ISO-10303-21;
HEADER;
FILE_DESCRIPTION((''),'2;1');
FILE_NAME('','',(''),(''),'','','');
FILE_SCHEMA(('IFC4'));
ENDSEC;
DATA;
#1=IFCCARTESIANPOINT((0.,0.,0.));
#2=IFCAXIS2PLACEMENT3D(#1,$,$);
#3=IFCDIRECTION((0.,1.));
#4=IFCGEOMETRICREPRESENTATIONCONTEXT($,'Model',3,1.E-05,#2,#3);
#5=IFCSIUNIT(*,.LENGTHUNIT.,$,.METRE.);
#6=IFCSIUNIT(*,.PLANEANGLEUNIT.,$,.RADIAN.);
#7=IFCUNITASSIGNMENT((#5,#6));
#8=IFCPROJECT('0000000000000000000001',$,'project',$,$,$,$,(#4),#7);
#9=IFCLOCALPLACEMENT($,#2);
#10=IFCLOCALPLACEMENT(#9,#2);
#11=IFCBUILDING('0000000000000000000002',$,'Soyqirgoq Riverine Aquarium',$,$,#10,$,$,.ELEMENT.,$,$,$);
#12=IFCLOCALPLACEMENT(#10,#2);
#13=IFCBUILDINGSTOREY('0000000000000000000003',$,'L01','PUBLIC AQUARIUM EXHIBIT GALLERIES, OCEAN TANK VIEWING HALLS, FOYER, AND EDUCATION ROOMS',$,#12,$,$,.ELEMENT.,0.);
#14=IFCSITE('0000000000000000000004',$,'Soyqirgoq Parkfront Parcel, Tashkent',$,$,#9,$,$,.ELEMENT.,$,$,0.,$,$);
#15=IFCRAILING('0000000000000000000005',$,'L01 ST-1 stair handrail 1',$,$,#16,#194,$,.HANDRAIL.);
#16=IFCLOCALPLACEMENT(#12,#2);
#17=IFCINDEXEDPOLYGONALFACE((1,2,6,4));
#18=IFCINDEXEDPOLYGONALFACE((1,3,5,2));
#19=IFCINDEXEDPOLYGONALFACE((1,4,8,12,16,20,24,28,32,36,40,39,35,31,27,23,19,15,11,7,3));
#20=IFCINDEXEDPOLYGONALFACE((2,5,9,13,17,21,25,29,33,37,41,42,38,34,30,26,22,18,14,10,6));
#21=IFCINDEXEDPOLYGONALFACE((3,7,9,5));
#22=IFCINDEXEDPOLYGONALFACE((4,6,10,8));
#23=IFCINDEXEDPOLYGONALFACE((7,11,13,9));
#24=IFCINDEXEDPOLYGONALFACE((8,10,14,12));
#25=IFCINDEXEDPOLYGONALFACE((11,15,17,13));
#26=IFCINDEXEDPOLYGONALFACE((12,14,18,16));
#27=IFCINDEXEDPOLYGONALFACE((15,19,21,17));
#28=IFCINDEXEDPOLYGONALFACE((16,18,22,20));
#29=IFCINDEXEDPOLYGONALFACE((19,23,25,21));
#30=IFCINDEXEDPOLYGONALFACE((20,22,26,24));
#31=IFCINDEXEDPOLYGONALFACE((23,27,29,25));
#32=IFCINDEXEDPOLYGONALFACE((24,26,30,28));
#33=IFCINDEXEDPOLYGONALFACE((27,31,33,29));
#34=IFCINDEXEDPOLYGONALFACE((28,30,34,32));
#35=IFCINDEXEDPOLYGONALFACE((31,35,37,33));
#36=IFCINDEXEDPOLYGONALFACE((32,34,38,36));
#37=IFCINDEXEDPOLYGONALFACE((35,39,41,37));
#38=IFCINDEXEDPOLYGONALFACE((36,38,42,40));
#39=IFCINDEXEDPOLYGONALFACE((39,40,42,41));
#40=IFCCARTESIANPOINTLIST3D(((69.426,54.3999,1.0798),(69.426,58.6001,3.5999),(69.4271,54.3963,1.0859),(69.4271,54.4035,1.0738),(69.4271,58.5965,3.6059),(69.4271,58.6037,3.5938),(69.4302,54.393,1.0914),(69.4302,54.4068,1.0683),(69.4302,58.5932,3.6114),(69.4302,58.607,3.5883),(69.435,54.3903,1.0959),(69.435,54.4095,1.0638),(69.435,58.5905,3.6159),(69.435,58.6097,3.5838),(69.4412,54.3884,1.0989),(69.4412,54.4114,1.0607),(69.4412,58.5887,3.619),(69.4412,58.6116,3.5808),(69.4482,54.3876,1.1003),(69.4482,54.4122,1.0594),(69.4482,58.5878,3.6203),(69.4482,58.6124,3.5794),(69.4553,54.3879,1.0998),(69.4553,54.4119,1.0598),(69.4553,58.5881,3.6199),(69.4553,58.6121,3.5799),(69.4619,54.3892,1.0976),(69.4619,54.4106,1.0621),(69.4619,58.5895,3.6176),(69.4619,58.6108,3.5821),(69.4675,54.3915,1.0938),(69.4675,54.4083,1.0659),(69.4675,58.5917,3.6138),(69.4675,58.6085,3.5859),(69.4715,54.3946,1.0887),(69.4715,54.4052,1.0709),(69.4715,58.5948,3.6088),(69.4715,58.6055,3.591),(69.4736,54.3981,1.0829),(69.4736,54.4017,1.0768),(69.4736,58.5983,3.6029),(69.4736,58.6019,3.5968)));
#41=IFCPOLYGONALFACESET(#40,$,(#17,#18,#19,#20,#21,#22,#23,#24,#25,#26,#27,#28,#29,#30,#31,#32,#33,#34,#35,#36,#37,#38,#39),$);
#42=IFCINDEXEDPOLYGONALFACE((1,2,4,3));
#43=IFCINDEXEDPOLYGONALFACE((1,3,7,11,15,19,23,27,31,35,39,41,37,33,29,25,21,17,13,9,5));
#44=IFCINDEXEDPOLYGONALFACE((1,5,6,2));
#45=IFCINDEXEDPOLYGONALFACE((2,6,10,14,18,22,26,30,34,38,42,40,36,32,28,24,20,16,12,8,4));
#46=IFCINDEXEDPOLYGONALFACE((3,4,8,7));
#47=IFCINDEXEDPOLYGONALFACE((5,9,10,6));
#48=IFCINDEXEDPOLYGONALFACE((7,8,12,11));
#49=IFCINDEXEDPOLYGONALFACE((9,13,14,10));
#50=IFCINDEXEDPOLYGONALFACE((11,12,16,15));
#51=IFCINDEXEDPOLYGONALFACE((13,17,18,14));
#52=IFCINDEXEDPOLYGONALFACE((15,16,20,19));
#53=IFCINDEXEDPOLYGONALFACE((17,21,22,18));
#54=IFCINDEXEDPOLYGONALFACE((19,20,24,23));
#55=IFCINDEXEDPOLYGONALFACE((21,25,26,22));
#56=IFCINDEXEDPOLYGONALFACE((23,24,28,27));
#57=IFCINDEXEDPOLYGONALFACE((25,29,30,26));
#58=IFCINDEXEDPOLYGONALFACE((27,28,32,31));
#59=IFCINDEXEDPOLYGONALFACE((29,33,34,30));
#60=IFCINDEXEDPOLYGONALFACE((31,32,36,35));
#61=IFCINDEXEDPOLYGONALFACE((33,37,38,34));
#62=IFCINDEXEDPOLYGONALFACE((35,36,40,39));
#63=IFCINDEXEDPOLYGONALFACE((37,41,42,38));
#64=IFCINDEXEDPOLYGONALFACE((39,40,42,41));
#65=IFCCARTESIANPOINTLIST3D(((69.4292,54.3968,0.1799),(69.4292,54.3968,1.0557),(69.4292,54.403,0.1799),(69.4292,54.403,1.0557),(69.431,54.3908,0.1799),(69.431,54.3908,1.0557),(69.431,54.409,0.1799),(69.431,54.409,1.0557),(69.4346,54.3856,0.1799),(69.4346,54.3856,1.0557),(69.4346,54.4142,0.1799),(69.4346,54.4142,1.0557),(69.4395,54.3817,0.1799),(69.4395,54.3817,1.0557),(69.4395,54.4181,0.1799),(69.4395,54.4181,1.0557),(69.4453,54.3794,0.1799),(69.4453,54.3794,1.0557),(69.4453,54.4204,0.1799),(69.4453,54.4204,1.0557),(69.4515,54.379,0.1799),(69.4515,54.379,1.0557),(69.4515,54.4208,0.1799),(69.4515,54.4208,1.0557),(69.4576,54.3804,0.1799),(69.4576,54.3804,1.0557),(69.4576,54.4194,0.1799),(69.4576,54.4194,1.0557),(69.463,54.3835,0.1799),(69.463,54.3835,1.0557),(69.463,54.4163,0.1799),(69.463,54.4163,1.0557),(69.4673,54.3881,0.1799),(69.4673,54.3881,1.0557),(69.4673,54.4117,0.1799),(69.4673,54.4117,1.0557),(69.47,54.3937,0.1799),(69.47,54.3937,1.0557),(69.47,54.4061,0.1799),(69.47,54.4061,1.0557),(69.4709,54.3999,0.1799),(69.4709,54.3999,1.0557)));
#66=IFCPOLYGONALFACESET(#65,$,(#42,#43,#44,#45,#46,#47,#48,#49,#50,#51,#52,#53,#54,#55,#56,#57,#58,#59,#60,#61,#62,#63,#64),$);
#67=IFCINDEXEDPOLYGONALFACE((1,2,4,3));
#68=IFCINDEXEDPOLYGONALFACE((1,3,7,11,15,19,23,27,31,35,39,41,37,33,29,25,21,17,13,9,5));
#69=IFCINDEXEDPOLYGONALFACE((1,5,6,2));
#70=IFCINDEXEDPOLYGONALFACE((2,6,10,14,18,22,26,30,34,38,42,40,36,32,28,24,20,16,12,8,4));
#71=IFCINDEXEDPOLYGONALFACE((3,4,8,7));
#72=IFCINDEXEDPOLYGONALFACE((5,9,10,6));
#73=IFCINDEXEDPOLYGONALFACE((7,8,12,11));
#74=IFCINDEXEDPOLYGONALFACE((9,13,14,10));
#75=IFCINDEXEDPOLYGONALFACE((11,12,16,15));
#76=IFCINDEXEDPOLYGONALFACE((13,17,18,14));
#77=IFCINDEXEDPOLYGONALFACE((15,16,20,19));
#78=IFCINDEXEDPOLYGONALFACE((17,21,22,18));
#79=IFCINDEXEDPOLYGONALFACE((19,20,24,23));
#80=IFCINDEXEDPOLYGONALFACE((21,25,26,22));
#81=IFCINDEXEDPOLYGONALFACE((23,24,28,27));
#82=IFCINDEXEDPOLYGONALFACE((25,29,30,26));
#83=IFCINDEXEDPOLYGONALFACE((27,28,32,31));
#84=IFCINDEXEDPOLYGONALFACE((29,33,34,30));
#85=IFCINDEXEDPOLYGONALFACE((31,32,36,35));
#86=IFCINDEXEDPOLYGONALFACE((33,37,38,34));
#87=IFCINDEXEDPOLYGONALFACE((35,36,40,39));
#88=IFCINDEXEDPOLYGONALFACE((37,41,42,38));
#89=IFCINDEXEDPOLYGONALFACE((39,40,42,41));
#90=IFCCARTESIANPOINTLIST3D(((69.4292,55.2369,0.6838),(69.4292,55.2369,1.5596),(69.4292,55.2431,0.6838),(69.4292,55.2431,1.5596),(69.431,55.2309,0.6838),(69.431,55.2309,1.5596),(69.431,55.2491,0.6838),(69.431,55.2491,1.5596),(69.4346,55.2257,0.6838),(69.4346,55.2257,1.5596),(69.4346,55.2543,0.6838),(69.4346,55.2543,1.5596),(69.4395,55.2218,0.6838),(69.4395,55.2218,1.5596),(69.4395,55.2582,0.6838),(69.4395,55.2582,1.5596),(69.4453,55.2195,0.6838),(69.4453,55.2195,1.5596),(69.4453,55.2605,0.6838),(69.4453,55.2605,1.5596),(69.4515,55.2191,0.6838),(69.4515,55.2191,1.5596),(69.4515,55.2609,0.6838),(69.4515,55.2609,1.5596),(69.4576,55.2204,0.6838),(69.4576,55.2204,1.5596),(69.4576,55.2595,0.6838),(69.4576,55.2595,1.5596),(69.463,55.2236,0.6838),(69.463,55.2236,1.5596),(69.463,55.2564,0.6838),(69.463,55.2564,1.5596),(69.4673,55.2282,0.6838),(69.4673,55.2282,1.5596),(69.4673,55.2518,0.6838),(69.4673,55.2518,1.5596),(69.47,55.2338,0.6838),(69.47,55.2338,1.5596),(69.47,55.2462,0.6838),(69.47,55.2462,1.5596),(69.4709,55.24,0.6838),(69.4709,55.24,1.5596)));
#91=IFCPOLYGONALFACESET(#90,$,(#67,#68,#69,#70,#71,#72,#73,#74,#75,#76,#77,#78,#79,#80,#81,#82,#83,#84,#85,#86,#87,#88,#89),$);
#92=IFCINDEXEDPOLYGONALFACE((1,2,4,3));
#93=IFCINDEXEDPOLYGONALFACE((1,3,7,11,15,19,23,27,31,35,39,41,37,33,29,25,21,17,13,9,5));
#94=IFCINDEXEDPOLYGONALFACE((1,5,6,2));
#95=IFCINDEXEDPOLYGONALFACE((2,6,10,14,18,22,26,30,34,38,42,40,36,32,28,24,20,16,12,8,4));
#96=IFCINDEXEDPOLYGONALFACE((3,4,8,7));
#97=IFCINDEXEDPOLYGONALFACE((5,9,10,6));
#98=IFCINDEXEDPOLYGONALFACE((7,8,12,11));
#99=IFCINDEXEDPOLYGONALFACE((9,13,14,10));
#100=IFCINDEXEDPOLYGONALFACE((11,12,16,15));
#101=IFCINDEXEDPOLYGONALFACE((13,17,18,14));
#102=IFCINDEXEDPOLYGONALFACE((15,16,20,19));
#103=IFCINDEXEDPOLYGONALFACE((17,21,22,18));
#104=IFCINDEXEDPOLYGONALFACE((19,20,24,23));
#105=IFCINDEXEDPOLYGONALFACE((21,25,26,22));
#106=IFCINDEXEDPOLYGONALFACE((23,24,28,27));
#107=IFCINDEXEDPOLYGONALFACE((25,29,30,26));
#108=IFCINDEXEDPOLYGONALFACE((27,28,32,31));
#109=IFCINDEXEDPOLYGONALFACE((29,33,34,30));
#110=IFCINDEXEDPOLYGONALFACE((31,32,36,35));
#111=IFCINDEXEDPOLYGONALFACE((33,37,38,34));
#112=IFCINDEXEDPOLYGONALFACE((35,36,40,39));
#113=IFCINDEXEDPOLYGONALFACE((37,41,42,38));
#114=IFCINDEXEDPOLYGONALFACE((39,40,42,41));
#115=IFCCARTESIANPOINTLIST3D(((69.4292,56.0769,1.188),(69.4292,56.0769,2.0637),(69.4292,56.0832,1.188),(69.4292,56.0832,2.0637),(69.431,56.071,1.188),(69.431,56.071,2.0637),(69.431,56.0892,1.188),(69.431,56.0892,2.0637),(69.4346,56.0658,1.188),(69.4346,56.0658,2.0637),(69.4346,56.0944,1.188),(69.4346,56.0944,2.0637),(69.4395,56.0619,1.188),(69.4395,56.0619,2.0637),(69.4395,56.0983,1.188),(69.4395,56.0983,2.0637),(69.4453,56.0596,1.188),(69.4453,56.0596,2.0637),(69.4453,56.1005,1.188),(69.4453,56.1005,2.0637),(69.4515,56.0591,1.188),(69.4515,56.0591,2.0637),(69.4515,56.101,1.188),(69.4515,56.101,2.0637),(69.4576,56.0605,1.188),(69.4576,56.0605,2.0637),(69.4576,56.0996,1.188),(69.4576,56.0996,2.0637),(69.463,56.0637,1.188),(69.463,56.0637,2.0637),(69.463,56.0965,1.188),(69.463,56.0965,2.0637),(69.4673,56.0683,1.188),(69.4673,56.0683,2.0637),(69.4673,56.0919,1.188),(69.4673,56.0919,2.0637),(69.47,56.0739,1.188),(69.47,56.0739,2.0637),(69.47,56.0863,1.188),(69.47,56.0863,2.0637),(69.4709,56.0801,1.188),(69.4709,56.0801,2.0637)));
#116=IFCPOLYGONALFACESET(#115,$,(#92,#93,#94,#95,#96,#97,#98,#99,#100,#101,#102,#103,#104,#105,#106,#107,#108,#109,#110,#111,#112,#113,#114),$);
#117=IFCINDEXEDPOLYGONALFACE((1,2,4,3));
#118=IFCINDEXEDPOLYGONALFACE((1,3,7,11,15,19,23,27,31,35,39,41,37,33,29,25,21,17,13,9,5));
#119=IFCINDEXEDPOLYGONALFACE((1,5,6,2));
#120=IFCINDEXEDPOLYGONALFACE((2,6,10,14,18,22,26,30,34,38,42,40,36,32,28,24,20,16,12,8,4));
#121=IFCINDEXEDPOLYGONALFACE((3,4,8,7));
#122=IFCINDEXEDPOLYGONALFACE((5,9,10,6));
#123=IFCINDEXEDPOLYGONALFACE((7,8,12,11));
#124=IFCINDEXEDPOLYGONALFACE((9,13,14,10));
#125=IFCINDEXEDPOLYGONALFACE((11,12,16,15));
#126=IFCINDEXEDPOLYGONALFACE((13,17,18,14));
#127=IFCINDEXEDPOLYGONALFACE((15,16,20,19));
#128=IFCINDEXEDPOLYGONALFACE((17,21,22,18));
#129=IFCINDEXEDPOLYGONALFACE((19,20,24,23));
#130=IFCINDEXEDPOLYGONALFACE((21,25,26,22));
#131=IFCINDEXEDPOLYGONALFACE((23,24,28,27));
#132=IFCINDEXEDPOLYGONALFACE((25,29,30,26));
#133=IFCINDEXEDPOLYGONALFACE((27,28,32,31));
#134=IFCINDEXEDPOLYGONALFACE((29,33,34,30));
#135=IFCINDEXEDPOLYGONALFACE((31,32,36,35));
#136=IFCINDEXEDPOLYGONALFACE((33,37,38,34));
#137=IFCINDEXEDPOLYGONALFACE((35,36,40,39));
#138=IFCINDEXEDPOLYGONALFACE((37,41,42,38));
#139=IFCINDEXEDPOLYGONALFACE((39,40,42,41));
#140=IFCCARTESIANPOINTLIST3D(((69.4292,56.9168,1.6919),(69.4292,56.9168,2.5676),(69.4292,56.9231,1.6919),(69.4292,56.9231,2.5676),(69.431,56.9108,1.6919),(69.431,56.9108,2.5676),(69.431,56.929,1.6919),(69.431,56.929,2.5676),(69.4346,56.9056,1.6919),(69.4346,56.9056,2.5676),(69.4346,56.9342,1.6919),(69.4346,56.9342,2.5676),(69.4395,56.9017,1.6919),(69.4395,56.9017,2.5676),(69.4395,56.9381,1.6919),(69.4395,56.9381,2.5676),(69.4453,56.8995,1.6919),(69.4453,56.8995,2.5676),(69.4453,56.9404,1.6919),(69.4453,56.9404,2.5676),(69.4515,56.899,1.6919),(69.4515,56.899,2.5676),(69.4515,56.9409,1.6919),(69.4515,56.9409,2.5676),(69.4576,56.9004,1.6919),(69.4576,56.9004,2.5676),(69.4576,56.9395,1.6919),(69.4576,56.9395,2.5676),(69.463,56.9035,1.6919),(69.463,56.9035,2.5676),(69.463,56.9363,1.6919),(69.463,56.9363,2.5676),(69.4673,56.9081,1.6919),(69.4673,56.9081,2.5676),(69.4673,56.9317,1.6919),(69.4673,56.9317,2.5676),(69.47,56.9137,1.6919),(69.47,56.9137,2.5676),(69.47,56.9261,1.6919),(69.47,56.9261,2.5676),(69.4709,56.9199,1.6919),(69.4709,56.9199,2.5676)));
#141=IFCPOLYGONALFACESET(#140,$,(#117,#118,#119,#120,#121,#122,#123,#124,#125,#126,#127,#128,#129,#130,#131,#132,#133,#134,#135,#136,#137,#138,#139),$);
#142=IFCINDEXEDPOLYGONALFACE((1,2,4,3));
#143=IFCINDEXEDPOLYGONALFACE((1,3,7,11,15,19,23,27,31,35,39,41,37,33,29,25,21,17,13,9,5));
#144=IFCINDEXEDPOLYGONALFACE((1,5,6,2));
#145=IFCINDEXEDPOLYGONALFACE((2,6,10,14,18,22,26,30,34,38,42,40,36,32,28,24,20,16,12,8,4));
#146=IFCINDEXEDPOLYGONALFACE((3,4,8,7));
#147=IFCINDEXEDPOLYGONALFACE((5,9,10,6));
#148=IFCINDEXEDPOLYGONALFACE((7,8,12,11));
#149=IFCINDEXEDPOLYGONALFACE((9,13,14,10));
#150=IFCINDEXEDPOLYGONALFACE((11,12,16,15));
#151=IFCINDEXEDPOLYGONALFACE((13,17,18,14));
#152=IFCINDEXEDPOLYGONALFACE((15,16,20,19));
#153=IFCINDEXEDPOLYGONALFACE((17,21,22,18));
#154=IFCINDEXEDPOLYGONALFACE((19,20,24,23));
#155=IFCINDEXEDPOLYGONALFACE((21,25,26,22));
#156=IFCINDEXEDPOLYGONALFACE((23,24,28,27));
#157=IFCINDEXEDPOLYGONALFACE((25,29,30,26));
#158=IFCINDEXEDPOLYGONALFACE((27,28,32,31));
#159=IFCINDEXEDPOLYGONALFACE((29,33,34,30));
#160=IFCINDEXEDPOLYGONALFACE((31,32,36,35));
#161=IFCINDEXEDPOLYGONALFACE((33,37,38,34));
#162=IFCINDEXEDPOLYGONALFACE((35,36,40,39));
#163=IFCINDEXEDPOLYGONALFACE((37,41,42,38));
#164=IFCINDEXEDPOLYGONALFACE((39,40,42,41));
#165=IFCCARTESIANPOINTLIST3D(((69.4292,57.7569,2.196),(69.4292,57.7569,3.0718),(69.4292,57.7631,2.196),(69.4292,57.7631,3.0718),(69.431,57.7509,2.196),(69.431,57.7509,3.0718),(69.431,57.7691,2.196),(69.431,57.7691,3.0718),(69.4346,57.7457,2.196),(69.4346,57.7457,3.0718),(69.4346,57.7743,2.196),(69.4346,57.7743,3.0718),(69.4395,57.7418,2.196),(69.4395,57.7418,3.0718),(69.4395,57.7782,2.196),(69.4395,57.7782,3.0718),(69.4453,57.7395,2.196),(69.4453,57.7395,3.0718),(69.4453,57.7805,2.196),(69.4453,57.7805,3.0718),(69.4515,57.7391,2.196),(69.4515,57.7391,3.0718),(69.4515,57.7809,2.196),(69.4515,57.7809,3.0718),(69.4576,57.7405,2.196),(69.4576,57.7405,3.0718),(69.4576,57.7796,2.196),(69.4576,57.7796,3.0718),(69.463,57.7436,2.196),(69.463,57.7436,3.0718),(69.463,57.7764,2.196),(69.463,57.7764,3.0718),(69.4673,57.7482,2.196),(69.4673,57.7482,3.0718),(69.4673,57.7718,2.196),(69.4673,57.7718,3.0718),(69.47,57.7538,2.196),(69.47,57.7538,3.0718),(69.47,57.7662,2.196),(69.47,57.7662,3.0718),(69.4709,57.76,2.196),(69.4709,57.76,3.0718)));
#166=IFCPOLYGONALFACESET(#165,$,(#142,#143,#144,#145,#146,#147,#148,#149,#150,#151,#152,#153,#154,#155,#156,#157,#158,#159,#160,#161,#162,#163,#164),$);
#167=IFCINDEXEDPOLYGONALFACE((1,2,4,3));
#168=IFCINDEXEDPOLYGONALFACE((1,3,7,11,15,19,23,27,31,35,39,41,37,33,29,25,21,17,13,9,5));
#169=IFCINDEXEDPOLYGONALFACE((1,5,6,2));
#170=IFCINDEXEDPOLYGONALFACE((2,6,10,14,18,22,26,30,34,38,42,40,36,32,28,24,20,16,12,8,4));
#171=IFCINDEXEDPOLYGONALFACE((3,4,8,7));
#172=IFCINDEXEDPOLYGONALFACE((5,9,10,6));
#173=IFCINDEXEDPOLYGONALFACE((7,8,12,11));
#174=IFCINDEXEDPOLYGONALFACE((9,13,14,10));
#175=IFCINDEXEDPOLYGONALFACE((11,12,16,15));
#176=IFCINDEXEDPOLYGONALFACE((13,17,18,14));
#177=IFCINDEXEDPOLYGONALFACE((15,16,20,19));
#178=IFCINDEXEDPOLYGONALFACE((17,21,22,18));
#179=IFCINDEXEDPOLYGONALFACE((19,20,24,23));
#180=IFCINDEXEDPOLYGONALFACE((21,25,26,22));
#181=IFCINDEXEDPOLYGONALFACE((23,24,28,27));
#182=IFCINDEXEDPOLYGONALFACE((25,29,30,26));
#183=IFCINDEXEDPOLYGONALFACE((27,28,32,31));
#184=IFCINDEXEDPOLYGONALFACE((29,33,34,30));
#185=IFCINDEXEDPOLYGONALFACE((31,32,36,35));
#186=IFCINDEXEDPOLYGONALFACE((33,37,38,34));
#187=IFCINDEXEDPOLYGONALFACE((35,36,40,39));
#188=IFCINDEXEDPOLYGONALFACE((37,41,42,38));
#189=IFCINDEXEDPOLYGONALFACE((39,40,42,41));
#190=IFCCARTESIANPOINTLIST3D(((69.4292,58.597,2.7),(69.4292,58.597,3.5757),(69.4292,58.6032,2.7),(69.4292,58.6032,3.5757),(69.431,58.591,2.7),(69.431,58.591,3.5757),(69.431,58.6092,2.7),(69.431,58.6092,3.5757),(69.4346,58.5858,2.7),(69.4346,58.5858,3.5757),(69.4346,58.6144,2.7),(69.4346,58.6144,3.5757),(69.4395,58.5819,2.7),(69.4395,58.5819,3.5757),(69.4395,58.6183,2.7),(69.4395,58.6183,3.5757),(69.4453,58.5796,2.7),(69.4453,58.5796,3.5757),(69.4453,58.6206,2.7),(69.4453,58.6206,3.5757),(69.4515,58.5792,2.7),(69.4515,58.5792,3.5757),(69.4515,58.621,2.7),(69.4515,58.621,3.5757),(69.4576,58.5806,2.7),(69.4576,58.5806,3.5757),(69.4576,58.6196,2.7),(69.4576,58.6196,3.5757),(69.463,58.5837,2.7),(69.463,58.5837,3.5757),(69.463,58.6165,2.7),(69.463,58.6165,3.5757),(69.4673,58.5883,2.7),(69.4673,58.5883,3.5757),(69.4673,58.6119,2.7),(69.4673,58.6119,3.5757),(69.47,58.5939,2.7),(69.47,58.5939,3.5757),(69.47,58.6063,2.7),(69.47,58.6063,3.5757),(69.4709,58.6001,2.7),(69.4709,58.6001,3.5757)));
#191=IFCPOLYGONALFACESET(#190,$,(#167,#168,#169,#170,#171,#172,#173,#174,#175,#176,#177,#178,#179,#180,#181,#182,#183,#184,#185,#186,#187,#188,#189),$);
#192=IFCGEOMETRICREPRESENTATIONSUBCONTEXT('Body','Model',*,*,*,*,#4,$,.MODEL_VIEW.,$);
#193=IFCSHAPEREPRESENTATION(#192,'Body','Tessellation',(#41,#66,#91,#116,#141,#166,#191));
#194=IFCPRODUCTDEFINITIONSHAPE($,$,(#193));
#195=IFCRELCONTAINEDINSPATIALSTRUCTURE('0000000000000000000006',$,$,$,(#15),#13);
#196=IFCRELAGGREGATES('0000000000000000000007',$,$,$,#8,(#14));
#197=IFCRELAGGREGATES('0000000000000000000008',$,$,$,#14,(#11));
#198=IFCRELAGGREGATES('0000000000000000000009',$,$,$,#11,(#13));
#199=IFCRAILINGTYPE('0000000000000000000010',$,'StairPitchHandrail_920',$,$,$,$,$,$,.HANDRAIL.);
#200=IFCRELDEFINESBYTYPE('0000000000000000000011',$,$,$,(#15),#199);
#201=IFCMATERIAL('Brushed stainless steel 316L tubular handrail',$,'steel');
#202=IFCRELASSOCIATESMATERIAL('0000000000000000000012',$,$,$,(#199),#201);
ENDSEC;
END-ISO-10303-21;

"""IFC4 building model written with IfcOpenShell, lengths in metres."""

from ifc_helpers import new_model, si_unit, direction, frame, origin, origin_2d, place, context, subcontext, project, spatial, circle, extrude, material, type_object, element, save


model = new_model("IFC4")

# Units and contexts
model_context = context("Model", 3, precision=1e-05, world=origin(), true_north=direction((0.0, 1.0)))
body_context = subcontext(model_context, "Body", "Model", "MODEL_VIEW")
ifc_project = project(units=[si_unit("LENGTHUNIT", "METRE"), si_unit("PLANEANGLEUNIT", "RADIAN")], contexts=[model_context])

# Site, building, storey
site_placement = place(None, origin())
site = spatial("IfcSite", under=ifc_project, at=site_placement, Name="Soyqirgoq Parkfront Parcel, Tashkent", CompositionType="ELEMENT", RefElevation=0.0)
building_placement = place(site_placement, origin())
building = spatial("IfcBuilding", under=site, at=building_placement, Name="Soyqirgoq Riverine Aquarium", CompositionType="ELEMENT")
storey_placement = place(building_placement, origin())
storey = spatial("IfcBuildingStorey", under=building, at=storey_placement, Name="L01", Description="PUBLIC AQUARIUM EXHIBIT GALLERIES, OCEAN TANK VIEWING HALLS, FOYER, AND EDUCATION ROOMS", CompositionType="ELEMENT", Elevation=0.0)

# Railing
ifc_material_1 = material(Name="Brushed stainless steel 316L tubular handrail", Category="steel")
railing_type_1 = type_object("IfcRailingType", Name="StairPitchHandrail_920", PredefinedType="HANDRAIL", material=ifc_material_1)
railing_1_placement = place(storey_placement, frame((69.45, 54.3999, 0.1799)))
element("IfcRailing", 1, at=railing_1_placement, inside=storey, type_object=railing_type_1, Name="L01 ST-1 stair handrail 1", PredefinedType="HANDRAIL", context=body_context, shape_type="SweptSolid", body=[
    extrude(circle(Radius=0.0239, at=origin_2d()), frame((0.0, 0.0, 0.8999), z_axis=(0.0, 0.857502, 0.514481), x_axis=(-1.0, 0.0, 0.0)), (0.0, 0.0, 1.0), 4.8982),
    extrude(circle(Radius=0.021, at=origin_2d()), origin(), (0.0, 0.0, 1.0), 0.8757),
    extrude(circle(Radius=0.021, at=origin_2d()), frame((0.0, 0.8401, 0.5039)), (0.0, 0.0, 1.0), 0.8757),
    extrude(circle(Radius=0.021, at=origin_2d()), frame((0.0, 1.6802, 1.0081)), (0.0, 0.0, 1.0), 0.8757),
    extrude(circle(Radius=0.021, at=origin_2d()), frame((0.0, 2.52, 1.512)), (0.0, 0.0, 1.0), 0.8757),
    extrude(circle(Radius=0.021, at=origin_2d()), frame((0.0, 3.3601, 2.0161)), (0.0, 0.0, 1.0), 0.8757),
    extrude(circle(Radius=0.021, at=origin_2d()), frame((0.0, 4.2002, 2.52)), (0.0, 0.0, 1.0), 0.8757),
])

save(model, "model.ifc")
